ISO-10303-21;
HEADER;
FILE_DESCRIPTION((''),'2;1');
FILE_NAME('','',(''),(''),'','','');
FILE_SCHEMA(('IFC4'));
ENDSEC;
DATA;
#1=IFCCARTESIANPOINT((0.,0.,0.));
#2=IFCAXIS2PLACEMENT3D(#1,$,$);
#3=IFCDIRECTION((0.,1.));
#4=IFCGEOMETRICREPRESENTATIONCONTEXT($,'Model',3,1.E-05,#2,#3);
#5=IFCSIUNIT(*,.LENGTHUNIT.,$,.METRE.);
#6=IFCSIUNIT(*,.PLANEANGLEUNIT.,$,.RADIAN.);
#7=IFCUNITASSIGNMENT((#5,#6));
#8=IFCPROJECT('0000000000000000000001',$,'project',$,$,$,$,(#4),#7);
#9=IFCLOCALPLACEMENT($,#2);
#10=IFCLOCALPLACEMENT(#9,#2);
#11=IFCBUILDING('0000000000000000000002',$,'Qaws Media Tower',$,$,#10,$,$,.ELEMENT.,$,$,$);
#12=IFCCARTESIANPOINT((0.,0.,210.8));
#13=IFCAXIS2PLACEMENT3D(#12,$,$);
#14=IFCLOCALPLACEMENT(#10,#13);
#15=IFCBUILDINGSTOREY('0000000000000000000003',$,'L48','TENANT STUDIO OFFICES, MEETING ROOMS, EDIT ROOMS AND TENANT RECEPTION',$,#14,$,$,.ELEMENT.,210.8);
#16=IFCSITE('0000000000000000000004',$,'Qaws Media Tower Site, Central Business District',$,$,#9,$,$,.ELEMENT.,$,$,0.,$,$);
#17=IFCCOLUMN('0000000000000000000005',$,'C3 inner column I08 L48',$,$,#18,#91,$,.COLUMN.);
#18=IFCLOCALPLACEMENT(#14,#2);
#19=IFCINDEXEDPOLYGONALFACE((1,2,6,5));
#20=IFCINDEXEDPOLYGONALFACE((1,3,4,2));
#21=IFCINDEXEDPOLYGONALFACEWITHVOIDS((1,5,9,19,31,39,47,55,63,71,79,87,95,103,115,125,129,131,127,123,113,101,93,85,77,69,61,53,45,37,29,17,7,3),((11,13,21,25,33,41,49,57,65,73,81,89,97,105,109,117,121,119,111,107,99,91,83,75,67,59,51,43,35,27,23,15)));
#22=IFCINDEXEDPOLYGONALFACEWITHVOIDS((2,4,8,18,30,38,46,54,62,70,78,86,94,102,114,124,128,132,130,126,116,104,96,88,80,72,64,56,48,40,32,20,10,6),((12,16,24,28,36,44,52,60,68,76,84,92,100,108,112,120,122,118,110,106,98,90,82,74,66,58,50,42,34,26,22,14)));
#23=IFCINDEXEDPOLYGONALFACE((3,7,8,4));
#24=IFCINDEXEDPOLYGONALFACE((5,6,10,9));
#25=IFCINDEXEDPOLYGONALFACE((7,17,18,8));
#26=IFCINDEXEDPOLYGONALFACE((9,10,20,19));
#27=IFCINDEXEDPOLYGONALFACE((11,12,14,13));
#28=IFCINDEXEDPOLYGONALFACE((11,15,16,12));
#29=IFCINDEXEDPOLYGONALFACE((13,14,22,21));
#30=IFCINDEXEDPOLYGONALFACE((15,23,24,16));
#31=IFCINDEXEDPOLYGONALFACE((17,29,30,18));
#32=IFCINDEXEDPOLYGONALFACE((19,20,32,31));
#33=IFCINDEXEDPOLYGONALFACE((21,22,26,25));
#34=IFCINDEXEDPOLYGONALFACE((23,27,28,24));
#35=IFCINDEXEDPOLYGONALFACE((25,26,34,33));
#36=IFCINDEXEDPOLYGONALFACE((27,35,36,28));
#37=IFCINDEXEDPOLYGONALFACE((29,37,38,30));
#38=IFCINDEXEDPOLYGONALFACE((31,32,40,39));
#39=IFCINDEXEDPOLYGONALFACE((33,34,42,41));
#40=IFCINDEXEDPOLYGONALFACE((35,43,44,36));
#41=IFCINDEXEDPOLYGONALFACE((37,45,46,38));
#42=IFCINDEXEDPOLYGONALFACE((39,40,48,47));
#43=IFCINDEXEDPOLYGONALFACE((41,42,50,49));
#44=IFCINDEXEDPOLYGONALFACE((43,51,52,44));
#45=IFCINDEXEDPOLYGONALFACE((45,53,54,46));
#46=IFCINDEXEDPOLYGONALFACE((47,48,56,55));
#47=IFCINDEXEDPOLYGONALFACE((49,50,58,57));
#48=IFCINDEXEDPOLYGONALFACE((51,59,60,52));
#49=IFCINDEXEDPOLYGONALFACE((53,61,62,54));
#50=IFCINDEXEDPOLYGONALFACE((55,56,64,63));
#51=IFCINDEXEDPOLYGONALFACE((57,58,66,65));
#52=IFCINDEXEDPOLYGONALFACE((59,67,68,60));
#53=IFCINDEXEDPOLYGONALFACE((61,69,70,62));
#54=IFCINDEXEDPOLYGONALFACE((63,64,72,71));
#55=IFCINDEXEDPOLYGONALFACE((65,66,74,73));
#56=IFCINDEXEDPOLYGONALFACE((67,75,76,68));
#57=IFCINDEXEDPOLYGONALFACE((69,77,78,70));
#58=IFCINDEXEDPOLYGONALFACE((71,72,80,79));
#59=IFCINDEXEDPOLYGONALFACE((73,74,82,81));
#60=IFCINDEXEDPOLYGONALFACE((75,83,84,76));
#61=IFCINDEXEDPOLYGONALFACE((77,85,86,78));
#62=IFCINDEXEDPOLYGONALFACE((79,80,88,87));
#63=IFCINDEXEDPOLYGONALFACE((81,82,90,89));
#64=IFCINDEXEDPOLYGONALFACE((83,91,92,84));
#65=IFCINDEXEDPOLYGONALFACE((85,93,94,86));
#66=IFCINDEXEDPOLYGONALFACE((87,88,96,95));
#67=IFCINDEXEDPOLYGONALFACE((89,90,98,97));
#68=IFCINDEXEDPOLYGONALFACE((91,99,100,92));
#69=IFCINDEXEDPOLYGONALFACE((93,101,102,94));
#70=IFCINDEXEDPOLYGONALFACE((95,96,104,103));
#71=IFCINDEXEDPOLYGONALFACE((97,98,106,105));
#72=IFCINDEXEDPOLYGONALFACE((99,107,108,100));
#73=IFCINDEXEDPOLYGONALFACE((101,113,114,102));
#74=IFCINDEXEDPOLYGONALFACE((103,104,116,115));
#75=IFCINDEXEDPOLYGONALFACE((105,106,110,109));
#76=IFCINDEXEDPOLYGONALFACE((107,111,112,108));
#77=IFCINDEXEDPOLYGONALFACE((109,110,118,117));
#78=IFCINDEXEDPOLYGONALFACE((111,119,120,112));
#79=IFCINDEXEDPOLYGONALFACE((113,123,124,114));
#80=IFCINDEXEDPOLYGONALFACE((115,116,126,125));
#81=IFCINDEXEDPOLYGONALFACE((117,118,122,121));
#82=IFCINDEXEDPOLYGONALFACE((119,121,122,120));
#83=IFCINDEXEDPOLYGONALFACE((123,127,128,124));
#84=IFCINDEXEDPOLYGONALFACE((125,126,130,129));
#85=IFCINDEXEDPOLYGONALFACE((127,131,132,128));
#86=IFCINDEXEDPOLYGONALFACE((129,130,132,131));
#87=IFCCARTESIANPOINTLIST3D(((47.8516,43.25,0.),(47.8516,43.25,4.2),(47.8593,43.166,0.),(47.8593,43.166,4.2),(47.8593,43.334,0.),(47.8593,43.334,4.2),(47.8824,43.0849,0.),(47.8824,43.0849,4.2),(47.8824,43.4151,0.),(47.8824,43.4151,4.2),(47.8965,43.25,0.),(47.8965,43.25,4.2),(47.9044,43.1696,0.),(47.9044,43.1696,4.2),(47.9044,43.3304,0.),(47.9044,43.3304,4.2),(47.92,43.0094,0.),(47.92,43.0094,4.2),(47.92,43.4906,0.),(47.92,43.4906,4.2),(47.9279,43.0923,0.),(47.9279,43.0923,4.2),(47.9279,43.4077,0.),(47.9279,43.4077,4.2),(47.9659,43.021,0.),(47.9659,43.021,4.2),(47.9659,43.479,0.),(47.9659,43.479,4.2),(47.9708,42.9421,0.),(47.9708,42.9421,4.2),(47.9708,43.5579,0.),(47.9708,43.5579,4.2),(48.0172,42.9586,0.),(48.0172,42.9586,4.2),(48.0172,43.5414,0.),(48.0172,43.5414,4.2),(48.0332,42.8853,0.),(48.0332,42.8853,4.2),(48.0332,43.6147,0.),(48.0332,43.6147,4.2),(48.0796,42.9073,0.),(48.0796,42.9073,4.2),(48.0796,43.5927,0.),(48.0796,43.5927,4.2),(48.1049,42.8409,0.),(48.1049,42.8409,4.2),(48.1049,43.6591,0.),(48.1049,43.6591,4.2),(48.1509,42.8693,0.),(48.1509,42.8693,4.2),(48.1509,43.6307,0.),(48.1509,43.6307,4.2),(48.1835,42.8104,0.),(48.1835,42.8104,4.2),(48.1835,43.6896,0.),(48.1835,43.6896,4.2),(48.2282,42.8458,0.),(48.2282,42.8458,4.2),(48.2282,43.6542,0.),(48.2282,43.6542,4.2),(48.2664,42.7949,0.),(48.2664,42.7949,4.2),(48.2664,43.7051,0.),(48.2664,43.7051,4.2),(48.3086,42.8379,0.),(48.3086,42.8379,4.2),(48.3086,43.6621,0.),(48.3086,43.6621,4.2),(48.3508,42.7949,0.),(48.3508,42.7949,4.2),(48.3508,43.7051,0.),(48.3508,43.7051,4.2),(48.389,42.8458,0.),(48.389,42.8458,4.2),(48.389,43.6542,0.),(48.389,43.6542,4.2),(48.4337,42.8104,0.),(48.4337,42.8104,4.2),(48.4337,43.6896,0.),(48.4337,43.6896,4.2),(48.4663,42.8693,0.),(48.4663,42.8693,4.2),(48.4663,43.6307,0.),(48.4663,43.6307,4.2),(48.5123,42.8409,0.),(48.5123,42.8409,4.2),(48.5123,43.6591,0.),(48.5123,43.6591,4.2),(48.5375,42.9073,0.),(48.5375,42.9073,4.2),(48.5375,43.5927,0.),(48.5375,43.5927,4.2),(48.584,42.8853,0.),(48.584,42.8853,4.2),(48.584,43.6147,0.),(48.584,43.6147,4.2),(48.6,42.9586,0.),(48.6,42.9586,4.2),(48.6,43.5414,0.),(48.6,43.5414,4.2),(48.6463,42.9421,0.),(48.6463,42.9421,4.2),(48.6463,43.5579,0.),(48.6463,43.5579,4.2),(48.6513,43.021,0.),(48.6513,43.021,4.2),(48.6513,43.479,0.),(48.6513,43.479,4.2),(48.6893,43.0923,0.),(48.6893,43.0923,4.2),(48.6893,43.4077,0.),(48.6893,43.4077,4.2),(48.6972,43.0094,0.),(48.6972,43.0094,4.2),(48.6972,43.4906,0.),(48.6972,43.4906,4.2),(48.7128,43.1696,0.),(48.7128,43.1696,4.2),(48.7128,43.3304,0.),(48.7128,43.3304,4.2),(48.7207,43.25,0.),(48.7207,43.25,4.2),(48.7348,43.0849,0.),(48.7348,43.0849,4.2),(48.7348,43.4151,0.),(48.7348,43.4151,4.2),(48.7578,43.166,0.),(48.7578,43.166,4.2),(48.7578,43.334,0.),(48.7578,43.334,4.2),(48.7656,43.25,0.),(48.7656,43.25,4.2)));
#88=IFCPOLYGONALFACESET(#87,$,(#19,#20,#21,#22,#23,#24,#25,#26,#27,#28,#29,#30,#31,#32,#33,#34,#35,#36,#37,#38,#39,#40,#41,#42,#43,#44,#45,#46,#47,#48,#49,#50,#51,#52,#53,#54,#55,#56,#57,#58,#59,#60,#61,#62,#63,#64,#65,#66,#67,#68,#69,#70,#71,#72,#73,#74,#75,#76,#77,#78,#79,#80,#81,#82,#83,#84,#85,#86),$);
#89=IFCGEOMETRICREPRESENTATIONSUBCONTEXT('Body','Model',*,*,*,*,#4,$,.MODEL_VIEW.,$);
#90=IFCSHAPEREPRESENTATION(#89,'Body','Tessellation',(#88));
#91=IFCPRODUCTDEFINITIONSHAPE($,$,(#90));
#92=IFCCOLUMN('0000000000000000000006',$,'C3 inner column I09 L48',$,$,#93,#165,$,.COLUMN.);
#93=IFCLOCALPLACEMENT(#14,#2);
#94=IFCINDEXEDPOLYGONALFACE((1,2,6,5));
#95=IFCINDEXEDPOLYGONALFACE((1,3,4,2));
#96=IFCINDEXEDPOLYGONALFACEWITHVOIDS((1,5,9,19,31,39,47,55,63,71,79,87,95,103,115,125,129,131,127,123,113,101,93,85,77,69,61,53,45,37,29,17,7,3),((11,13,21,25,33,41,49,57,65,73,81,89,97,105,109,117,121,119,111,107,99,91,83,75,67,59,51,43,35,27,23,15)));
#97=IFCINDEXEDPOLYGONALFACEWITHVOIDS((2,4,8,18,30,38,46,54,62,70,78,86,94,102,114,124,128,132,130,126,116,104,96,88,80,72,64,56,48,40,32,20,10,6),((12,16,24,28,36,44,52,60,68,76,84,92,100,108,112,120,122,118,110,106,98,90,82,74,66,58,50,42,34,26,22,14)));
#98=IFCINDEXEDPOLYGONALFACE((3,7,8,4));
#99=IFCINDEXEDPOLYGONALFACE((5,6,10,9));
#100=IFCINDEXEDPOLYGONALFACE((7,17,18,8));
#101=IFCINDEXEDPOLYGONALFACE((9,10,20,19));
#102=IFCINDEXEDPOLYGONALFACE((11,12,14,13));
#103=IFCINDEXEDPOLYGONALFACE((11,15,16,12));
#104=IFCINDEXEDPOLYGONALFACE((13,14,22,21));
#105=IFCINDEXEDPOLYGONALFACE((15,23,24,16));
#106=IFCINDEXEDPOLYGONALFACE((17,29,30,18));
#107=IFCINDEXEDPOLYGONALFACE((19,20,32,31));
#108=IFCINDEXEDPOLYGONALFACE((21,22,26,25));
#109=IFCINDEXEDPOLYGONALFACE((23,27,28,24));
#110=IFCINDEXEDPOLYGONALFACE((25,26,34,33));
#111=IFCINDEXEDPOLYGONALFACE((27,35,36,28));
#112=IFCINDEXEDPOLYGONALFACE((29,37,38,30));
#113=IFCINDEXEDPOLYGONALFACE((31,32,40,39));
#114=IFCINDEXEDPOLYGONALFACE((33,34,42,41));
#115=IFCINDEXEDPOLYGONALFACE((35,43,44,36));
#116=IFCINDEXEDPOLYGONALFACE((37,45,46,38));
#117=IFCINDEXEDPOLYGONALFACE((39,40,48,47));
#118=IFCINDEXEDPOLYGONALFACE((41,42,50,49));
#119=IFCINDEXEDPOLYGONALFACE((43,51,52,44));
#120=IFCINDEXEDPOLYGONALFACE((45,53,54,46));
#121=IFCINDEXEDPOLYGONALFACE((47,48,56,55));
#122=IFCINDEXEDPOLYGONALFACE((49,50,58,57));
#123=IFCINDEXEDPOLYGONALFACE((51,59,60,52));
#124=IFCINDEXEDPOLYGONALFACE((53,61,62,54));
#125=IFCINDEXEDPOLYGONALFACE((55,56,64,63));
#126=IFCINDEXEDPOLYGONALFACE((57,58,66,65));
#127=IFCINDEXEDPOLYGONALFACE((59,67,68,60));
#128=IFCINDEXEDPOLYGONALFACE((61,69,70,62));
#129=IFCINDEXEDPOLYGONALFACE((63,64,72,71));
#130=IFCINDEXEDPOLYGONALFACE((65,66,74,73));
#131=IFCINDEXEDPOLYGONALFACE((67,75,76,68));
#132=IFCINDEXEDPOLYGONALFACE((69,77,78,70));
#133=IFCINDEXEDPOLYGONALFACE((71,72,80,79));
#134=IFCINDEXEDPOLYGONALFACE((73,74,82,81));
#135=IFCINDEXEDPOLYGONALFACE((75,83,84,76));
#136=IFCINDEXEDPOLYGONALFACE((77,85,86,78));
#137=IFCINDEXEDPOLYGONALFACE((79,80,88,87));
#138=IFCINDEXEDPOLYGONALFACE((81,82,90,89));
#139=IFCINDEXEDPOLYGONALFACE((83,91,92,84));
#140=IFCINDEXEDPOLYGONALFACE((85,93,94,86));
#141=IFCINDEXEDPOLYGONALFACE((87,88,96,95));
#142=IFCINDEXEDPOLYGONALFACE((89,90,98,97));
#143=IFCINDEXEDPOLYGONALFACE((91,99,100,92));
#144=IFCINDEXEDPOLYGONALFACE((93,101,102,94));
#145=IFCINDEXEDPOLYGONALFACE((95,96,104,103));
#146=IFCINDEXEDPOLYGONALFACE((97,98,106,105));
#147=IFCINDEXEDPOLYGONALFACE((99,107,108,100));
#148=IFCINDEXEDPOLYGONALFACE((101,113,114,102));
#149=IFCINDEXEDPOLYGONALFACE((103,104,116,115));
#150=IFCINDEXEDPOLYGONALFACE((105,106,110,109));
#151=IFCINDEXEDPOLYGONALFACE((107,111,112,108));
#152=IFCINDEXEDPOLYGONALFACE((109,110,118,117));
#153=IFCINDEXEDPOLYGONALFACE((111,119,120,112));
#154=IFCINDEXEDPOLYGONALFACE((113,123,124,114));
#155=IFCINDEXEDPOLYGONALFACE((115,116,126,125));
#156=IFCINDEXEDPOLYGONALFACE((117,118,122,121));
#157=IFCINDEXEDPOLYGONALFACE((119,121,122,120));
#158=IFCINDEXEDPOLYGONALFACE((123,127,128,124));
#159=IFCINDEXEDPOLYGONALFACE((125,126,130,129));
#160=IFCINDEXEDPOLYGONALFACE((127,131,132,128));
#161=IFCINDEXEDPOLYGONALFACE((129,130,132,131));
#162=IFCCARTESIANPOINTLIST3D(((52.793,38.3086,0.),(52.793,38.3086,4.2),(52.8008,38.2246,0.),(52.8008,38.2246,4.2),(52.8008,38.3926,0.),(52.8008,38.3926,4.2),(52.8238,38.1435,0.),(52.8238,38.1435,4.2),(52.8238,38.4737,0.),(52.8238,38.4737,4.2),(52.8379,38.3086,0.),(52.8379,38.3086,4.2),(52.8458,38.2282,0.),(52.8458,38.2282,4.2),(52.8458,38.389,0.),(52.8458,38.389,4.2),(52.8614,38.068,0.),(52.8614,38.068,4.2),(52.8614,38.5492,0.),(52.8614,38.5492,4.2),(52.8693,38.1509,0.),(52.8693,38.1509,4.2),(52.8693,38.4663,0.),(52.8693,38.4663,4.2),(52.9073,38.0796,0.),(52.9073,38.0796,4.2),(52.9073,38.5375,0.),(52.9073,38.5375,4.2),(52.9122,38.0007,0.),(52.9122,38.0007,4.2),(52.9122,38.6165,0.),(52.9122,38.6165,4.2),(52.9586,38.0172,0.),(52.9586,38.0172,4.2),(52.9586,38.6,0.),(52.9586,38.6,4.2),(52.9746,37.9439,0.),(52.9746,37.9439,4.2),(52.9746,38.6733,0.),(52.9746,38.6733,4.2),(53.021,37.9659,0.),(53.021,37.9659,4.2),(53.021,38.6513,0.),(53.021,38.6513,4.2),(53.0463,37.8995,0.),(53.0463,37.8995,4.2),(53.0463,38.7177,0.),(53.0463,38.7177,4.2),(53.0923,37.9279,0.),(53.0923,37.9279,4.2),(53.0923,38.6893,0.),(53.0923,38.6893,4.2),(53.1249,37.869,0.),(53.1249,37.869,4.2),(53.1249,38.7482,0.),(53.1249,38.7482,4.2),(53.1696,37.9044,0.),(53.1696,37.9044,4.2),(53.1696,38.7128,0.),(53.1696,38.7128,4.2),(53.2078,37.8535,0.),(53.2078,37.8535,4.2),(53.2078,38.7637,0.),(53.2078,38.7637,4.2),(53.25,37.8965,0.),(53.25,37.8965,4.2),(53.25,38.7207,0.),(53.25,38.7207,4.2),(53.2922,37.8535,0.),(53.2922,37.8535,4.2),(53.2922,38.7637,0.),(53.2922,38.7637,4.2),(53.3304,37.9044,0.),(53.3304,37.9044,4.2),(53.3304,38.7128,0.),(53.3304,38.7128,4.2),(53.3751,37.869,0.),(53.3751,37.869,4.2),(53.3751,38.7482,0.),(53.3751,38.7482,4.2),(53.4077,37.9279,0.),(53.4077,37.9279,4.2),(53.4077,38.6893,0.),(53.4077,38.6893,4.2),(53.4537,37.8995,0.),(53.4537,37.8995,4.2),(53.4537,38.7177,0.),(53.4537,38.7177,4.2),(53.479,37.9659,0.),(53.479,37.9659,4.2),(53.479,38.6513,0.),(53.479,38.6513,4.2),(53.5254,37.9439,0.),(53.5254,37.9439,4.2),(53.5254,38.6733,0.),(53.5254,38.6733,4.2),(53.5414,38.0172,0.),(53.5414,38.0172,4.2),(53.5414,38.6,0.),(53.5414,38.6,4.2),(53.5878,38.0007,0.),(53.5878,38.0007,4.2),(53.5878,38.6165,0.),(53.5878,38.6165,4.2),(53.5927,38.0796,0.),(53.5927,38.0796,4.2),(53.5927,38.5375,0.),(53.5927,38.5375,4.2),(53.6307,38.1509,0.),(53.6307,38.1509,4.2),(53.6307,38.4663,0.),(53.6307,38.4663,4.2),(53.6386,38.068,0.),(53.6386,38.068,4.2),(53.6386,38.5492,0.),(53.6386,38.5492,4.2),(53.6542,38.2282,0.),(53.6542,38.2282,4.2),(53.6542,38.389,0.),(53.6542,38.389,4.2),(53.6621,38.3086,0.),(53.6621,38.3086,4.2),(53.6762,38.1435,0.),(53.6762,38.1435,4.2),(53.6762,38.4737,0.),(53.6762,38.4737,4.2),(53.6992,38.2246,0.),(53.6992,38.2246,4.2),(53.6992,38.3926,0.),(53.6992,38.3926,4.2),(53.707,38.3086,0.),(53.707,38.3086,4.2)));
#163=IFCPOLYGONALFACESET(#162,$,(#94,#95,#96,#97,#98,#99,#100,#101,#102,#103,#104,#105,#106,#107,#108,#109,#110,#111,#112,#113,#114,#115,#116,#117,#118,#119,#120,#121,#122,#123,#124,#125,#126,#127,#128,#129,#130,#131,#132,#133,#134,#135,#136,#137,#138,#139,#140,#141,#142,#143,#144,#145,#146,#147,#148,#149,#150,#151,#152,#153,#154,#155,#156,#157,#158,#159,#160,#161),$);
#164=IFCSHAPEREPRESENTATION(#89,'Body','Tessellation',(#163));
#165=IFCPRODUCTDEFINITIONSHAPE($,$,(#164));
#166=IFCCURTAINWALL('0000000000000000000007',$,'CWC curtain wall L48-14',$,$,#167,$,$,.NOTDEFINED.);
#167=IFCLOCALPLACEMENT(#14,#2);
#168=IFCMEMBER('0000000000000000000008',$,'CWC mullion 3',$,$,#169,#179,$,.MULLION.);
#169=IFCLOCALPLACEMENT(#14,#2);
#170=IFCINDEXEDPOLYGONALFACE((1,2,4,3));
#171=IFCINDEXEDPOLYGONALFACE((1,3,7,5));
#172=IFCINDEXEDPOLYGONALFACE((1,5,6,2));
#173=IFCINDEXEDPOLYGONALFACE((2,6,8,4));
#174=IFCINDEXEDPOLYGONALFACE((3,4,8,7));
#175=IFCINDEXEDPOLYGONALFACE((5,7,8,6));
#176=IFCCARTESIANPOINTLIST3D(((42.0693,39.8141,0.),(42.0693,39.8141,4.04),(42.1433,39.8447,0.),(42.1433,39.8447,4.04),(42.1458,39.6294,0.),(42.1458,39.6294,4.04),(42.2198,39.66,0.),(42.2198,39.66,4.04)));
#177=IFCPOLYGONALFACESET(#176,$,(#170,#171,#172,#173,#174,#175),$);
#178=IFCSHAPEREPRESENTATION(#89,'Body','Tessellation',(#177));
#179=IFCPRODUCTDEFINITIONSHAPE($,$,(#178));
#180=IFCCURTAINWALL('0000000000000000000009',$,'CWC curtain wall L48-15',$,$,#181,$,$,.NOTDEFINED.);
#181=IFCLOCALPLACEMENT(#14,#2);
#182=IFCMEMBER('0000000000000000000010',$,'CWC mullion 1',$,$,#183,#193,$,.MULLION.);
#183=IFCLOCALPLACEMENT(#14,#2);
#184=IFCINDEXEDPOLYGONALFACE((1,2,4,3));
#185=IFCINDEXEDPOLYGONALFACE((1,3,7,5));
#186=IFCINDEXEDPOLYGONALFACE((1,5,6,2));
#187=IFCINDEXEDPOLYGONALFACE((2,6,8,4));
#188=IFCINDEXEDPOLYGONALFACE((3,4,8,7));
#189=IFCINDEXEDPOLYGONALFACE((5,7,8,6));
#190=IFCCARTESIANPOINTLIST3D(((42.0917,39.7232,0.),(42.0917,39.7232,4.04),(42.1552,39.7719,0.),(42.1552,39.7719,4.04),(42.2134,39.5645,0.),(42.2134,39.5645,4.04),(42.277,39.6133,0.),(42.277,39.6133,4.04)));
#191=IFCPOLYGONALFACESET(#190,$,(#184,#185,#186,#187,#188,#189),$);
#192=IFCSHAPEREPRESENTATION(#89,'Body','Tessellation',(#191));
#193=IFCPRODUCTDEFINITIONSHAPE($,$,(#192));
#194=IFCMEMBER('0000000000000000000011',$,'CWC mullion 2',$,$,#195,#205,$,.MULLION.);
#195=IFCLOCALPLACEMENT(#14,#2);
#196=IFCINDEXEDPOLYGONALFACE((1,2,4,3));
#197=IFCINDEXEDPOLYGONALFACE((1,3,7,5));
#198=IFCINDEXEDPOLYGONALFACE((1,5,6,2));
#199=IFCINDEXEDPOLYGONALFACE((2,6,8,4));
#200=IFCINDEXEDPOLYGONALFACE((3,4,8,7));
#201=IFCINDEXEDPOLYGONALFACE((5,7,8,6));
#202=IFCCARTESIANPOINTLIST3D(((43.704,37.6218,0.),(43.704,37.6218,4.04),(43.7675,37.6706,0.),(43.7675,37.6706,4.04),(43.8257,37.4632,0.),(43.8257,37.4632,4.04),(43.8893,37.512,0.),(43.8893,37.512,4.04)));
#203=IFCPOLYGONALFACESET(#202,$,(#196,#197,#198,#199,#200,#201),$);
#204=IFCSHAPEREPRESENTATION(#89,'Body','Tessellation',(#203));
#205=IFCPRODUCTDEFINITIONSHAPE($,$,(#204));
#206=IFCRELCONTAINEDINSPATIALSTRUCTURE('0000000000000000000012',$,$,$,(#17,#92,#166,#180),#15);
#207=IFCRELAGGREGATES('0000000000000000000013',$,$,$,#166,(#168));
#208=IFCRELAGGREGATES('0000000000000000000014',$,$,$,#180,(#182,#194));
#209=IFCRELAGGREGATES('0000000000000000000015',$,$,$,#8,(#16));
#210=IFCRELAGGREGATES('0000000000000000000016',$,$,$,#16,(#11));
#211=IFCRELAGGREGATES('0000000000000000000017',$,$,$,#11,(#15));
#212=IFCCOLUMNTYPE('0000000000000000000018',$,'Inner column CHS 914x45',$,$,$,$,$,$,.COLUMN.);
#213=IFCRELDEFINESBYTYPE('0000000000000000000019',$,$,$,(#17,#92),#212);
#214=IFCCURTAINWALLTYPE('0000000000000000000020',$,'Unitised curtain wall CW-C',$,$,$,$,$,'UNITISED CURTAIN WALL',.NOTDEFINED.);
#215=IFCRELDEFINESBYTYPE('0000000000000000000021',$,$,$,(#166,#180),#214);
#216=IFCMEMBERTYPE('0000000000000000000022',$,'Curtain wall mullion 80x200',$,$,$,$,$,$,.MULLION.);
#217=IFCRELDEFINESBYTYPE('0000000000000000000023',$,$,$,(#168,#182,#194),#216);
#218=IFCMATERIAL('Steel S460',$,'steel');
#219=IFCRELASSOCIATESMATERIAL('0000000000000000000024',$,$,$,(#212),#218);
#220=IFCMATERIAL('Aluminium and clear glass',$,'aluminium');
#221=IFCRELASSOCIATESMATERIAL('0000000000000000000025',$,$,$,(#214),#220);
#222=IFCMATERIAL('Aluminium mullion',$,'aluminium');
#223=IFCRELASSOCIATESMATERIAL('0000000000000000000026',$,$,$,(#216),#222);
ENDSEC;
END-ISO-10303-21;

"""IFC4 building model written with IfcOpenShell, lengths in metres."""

from ifc_helpers import new_model, si_unit, direction, frame, origin, origin_2d, place, context, subcontext, project, spatial, rectangle, hollow_circle, extrude, material, material_profile, profile_set, type_object, element, aggregate, save


model = new_model("IFC4")

# Units and contexts
model_context = context("Model", 3, precision=1e-05, world=origin(), true_north=direction((0.0, 1.0)))
body_context = subcontext(model_context, "Body", "Model", "MODEL_VIEW")
ifc_project = project(units=[si_unit("LENGTHUNIT", "METRE"), si_unit("PLANEANGLEUNIT", "RADIAN")], contexts=[model_context])

# Site, building, storey
site_placement = place(None, origin())
site = spatial("IfcSite", under=ifc_project, at=site_placement, Name="Qaws Media Tower Site, Central Business District", CompositionType="ELEMENT", RefElevation=0.0)
building_placement = place(site_placement, origin())
building = spatial("IfcBuilding", under=site, at=building_placement, Name="Qaws Media Tower", CompositionType="ELEMENT")
storey_placement = place(building_placement, frame((0.0, 0.0, 210.8)))
storey = spatial("IfcBuildingStorey", under=building, at=storey_placement, Name="L48", Description="TENANT STUDIO OFFICES, MEETING ROOMS, EDIT ROOMS AND TENANT RECEPTION", CompositionType="ELEMENT", Elevation=210.8)

# Columns
ifc_material_1 = material(Name="Steel S460", Category="steel")
ifc_material_profile_1 = material_profile(ifc_material_1, hollow_circle(Radius=0.457, WallThickness=0.0449, at=origin_2d()), Name="CHS 914x45")
ifc_profile_set_1 = profile_set([ifc_material_profile_1], Name="Steel S460")
column_type = type_object("IfcColumnType", Name="Inner column CHS 914x45", PredefinedType="COLUMN", material=ifc_profile_set_1)
for number, where, z_axis, x_axis, name in (
    (1, (48.3086, 43.25, 0.0), (0.0, 0.0, 1.0), (1.0, 0.0, 0.0), "C3 inner column I08 L48"),
    (2, (53.25, 38.3086, 0.0), (0.0, 0.0, 1.0), (1.0, 0.0, 0.0), "C3 inner column I09 L48"),
):
    element("IfcColumn", number, at=place(storey_placement, frame(where, z_axis=z_axis, x_axis=x_axis)), inside=storey, type_object=column_type, Name=name, PredefinedType="COLUMN", context=body_context, shape_type="SweptSolid", body=[
        extrude(hollow_circle(Radius=0.457, WallThickness=0.0449, at=origin_2d()), origin(), (0.0, 0.0, 1.0), 4.2),
    ])

# Curtain wall, member
ifc_material_2 = material(Name="Aluminium and clear glass", Category="aluminium")
curtain_wall_type = type_object("IfcCurtainWallType", Name="Unitised curtain wall CW-C", ElementType="UNITISED CURTAIN WALL", PredefinedType="NOTDEFINED", material=ifc_material_2)
curtain_wall_1_placement = place(storey_placement, origin())
curtain_wall_1 = element("IfcCurtainWall", 3, at=curtain_wall_1_placement, inside=storey, type_object=curtain_wall_type, Name="CWC curtain wall L48-14", PredefinedType="NOTDEFINED")
ifc_material_3 = material(Name="Aluminium mullion", Category="aluminium")
ifc_material_profile_2 = material_profile(ifc_material_3, rectangle(XDim=0.0801, YDim=0.2, at=origin_2d()), Name="80x200")
ifc_profile_set_2 = profile_set([ifc_material_profile_2], Name="Aluminium mullion")
member_type_1 = type_object("IfcMemberType", Name="Curtain wall mullion 80x200", PredefinedType="MULLION", material=ifc_profile_set_2)
member_1_placement = place(storey_placement, frame((42.1445, 39.7371, 0.0), z_axis=(0.0, 0.0, 1.0), x_axis=(0.92388, 0.382683, 0.0)))
member_1 = element("IfcMember", 4, at=member_1_placement, type_object=member_type_1, Name="CWC mullion 3", PredefinedType="MULLION", context=body_context, shape_type="SweptSolid", body=[
    extrude(rectangle(XDim=0.0801, YDim=0.2, at=origin_2d()), origin(), (0.0, 0.0, 1.0), 4.04),
])

# Curtain wall, members
curtain_wall_2_placement = place(storey_placement, origin())
curtain_wall_2 = element("IfcCurtainWall", 5, at=curtain_wall_2_placement, inside=storey, type_object=curtain_wall_type, Name="CWC curtain wall L48-15", PredefinedType="NOTDEFINED")
member_2_placement = place(storey_placement, frame((42.1843, 39.6682, 0.0), z_axis=(0.0, 0.0, 1.0), x_axis=(0.793353, 0.608761, 0.0)))
member_2 = element("IfcMember", 6, at=member_2_placement, type_object=member_type_1, Name="CWC mullion 1", PredefinedType="MULLION", context=body_context, shape_type="SweptSolid", body=[
    extrude(rectangle(XDim=0.0801, YDim=0.2, at=origin_2d()), origin(), (0.0, 0.0, 1.0), 4.04),
])
member_3_placement = place(storey_placement, frame((43.7966, 37.5669, 0.0), z_axis=(0.0, 0.0, 1.0), x_axis=(0.793353, 0.608761, 0.0)))
member_3 = element("IfcMember", 7, at=member_3_placement, type_object=member_type_1, Name="CWC mullion 2", PredefinedType="MULLION", context=body_context, shape_type="SweptSolid", body=[
    extrude(rectangle(XDim=0.0801, YDim=0.2, at=origin_2d()), origin(), (0.0, 0.0, 1.0), 4.04),
])

aggregate(curtain_wall_1, [member_1])
aggregate(curtain_wall_2, [member_2, member_3])

save(model, "model.ifc")
